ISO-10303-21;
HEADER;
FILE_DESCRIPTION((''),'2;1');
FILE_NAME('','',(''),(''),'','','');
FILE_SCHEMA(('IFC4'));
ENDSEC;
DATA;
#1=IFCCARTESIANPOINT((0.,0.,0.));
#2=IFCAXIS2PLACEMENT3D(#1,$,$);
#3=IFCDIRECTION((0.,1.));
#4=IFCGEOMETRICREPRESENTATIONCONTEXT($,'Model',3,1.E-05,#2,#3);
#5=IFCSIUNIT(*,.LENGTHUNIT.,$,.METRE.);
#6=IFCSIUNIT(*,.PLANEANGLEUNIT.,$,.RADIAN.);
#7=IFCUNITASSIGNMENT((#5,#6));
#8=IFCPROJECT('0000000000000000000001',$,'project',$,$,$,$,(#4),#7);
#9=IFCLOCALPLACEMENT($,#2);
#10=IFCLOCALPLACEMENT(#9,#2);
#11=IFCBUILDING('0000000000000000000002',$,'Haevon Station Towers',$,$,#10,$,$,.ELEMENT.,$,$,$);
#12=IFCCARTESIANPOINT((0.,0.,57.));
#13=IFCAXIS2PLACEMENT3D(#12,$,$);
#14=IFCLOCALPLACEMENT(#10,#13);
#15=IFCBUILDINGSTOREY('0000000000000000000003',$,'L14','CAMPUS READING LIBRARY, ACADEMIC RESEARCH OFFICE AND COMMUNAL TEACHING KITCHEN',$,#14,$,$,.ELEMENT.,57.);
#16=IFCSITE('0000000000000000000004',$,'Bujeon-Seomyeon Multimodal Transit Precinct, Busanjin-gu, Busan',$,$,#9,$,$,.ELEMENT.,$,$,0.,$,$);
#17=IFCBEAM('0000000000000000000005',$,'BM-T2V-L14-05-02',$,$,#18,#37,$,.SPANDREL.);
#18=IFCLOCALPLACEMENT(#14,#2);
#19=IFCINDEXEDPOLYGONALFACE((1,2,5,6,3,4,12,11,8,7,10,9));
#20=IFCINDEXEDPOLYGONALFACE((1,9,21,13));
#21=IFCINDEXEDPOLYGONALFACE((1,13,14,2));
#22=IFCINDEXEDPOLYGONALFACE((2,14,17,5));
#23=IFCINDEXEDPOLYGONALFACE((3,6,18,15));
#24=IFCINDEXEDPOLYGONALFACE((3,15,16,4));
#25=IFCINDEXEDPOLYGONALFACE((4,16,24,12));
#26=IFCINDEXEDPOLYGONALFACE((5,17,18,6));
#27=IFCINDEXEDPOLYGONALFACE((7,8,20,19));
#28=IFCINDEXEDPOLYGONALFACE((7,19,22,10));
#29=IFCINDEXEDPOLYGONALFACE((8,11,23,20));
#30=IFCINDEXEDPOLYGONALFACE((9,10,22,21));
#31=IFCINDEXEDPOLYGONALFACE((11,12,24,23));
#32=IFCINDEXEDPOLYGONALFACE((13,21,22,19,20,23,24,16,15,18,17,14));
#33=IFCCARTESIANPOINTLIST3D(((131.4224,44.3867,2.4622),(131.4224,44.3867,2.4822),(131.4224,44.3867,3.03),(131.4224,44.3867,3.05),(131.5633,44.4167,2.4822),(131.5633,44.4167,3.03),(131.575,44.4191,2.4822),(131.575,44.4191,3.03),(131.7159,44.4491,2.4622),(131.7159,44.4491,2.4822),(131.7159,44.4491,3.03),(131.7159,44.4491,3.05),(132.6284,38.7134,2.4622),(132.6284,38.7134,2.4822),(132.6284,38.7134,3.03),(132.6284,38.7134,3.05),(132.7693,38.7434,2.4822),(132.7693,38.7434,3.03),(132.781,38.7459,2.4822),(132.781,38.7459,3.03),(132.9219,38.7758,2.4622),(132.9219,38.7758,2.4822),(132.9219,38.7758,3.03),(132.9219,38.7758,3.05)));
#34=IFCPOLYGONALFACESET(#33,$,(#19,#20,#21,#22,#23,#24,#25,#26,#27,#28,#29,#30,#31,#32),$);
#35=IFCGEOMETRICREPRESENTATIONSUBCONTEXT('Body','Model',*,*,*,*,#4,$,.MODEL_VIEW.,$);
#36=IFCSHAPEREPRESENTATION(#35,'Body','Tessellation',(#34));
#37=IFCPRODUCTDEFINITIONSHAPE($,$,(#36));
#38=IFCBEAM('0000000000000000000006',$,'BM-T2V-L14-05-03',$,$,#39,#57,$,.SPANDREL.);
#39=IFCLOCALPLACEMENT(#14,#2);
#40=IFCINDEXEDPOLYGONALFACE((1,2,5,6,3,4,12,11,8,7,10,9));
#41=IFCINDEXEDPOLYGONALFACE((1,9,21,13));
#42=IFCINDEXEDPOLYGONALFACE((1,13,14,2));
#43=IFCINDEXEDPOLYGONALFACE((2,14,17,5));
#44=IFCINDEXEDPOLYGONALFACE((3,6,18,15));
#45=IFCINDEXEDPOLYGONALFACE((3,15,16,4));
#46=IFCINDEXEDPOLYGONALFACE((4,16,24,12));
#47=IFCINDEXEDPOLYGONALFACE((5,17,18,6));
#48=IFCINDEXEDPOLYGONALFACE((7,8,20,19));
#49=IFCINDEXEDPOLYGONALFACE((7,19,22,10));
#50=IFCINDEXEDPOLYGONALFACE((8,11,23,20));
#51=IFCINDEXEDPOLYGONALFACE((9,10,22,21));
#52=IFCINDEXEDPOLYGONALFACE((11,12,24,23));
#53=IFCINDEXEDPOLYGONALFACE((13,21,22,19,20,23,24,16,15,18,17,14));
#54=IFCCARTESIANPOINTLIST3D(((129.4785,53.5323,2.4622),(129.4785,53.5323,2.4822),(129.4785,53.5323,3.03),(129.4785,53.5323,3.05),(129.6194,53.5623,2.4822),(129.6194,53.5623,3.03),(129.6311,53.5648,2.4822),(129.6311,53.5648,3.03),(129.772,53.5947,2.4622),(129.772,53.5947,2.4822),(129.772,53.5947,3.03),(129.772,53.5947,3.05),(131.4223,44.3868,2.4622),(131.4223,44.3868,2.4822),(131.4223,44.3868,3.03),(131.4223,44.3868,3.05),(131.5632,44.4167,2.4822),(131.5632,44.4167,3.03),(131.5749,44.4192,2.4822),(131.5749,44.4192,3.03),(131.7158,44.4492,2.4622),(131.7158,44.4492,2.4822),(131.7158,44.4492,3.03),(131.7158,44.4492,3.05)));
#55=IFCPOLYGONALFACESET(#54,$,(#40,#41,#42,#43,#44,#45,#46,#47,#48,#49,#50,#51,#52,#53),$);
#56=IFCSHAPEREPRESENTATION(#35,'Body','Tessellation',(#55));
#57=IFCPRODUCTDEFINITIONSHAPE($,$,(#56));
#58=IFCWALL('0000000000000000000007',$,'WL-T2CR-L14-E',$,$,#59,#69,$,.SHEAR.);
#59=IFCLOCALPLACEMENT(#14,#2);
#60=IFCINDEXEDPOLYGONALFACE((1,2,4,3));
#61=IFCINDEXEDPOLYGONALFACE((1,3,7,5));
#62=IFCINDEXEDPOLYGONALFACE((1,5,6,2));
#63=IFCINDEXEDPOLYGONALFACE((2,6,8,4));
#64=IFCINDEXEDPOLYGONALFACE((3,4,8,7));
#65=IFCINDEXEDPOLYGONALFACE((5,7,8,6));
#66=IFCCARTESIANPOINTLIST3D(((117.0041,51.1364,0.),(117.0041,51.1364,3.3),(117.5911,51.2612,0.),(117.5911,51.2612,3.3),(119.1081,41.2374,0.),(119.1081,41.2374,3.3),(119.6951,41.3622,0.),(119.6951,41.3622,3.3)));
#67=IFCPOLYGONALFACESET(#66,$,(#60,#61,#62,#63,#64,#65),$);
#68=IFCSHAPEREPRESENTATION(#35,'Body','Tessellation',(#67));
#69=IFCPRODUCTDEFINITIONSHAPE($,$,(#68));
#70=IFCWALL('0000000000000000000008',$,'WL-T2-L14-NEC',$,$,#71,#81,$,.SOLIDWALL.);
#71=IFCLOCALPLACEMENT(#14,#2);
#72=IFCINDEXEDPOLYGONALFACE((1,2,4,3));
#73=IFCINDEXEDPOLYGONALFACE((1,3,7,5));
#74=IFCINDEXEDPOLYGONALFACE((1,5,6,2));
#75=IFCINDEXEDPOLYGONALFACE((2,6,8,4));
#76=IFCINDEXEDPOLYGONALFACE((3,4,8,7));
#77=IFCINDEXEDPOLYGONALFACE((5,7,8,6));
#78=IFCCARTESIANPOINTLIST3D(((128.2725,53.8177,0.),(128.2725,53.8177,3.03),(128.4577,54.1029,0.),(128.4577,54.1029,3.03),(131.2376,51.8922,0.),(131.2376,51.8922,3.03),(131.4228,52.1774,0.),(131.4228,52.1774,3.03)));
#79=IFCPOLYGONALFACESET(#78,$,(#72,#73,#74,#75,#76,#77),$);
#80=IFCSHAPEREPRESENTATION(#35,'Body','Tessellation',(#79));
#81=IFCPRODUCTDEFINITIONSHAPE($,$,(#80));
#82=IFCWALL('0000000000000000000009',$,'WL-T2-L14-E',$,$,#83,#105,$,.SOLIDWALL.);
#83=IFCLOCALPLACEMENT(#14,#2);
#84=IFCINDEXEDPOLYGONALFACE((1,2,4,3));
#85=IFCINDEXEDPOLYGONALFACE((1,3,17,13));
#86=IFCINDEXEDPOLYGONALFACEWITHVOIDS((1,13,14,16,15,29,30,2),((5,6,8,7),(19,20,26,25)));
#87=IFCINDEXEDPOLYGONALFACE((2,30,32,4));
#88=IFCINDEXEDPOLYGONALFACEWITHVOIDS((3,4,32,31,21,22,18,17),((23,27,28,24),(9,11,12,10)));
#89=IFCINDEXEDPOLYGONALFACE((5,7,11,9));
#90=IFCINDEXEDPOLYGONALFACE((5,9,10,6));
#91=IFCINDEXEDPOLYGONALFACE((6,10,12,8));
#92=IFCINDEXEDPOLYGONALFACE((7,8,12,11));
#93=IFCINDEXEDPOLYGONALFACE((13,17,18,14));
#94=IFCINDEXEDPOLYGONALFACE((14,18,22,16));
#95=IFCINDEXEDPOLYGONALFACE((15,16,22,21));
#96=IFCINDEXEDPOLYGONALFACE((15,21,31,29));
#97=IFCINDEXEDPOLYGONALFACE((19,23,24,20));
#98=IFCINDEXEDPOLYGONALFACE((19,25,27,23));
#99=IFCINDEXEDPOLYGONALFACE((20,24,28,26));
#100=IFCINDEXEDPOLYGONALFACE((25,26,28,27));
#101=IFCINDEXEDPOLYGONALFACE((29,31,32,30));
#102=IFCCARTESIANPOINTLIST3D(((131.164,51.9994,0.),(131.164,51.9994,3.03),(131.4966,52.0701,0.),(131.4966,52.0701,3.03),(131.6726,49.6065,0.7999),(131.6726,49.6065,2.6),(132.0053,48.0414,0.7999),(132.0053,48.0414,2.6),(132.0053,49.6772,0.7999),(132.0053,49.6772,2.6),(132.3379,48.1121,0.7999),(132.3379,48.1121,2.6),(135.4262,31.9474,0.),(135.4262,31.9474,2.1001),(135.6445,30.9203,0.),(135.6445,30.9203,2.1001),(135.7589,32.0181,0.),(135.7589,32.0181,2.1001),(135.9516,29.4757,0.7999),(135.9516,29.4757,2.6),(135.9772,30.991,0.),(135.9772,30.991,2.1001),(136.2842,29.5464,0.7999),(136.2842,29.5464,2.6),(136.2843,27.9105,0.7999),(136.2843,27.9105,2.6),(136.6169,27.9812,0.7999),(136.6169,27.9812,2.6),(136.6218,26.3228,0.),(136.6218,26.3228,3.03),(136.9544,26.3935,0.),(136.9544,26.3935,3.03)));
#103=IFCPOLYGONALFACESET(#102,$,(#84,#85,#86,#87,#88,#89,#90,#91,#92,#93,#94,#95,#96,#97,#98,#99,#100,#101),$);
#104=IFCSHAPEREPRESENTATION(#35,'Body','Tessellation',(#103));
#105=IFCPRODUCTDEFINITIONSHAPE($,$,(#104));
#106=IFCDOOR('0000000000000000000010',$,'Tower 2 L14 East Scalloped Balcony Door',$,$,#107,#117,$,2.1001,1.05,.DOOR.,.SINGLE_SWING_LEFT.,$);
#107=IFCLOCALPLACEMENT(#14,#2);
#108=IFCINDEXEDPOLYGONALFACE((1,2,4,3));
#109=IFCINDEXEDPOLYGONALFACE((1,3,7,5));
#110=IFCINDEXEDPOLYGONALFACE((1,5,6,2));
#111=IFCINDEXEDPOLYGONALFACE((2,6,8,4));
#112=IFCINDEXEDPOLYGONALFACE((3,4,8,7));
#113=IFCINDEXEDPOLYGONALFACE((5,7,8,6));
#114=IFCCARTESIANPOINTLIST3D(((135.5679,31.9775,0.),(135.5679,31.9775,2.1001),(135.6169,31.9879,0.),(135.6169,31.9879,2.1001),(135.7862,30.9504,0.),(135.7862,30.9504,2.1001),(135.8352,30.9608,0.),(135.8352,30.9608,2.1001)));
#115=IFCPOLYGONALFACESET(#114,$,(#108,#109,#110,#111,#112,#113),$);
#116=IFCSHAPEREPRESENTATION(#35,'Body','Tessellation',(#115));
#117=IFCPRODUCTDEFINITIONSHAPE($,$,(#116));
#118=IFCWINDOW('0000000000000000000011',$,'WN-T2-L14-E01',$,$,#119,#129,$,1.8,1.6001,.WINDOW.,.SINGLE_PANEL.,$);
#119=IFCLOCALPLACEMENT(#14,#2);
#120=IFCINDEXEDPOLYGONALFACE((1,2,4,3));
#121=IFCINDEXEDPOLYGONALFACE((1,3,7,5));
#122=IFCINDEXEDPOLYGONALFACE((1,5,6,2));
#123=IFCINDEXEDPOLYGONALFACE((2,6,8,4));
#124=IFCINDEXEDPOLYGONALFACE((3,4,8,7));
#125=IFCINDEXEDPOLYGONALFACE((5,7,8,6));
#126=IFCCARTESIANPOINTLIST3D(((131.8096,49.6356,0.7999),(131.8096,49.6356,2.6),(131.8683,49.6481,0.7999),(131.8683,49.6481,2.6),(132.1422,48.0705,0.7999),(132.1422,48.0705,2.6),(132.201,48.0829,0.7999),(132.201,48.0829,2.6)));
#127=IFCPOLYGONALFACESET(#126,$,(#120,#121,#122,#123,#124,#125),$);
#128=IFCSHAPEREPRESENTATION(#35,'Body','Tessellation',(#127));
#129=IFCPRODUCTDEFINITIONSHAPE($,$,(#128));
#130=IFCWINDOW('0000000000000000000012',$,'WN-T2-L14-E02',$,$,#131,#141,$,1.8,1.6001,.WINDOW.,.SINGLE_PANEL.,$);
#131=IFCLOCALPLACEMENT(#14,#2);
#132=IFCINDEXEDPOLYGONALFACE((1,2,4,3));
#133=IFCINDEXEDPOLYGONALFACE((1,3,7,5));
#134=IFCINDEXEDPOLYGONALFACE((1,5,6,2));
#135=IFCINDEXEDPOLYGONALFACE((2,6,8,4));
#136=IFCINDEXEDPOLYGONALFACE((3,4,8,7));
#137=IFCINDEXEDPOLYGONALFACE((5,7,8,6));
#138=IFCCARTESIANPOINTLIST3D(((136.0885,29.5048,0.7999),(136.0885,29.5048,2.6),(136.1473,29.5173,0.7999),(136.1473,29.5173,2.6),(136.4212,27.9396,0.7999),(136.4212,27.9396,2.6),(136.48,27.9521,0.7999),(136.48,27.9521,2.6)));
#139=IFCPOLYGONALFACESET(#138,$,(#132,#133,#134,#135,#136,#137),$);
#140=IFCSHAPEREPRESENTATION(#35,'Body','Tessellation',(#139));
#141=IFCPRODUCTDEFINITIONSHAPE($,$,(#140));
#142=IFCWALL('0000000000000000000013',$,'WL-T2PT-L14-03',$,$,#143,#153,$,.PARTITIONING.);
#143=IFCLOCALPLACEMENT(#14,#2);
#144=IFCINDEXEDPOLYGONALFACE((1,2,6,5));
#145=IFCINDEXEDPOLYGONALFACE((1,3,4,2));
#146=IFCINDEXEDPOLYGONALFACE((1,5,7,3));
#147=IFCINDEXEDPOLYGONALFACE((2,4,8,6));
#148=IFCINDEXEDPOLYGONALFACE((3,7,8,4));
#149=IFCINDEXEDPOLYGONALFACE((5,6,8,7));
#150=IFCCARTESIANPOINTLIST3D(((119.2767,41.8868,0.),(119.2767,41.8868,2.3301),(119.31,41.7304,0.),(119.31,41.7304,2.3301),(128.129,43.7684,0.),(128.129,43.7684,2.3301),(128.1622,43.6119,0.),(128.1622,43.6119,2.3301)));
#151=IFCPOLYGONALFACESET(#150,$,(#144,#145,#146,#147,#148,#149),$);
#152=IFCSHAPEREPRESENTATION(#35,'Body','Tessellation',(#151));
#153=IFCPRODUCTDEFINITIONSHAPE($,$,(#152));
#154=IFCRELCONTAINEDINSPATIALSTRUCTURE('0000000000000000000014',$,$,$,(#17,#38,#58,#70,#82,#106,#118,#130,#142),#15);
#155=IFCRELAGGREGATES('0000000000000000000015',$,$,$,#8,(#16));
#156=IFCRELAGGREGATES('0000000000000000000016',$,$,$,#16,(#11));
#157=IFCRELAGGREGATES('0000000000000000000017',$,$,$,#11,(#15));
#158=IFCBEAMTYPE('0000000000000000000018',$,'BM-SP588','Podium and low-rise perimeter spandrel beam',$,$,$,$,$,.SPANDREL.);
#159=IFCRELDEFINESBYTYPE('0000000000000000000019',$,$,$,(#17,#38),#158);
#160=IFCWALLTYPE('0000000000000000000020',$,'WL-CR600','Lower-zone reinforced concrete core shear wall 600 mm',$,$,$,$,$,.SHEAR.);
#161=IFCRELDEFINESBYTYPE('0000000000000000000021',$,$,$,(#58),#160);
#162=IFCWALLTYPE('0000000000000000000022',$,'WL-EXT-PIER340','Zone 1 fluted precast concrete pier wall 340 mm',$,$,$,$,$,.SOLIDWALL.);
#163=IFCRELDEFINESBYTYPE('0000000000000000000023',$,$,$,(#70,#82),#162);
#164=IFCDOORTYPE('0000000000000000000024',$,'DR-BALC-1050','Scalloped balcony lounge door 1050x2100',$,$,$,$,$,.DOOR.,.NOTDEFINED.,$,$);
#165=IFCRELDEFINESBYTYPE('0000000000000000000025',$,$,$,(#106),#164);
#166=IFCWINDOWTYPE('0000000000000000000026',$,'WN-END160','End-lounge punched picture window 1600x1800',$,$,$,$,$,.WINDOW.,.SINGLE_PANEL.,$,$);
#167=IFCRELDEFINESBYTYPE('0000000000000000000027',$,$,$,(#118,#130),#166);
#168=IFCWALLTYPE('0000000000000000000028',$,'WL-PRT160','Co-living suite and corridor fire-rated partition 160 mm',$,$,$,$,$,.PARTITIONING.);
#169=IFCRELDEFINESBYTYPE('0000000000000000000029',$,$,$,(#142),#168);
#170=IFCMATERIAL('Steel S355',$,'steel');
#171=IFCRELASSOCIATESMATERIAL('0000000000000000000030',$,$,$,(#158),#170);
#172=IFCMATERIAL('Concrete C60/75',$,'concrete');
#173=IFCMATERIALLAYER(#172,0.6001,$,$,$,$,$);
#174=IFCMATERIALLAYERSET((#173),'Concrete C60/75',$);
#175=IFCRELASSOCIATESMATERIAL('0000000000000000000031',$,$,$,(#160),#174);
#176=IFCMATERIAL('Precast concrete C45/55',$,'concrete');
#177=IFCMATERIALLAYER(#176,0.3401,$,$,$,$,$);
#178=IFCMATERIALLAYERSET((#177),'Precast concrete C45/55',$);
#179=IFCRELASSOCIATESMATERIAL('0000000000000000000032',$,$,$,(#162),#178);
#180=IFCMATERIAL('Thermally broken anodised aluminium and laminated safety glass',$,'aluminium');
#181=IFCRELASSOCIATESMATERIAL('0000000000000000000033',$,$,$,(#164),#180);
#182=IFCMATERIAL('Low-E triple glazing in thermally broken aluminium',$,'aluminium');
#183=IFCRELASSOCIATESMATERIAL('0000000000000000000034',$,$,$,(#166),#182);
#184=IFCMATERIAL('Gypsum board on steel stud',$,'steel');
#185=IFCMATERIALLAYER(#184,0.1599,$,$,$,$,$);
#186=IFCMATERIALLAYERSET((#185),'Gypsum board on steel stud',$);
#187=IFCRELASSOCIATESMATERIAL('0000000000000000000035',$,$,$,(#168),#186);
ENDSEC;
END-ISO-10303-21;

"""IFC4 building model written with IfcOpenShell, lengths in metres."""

from ifc_helpers import new_model, si_unit, direction, frame, frame_2d, origin, origin_2d, place, context, subcontext, project, spatial, rectangle, i_section, extrude, material, layer, layer_set, material_profile, profile_set, type_object, element, fill, save


model = new_model("IFC4")

# Units and contexts
model_context = context("Model", 3, precision=1e-05, world=origin(), true_north=direction((0.0, 1.0)))
body_context = subcontext(model_context, "Body", "Model", "MODEL_VIEW")
ifc_project = project(units=[si_unit("LENGTHUNIT", "METRE"), si_unit("PLANEANGLEUNIT", "RADIAN")], contexts=[model_context])

# Site, building, storey
site_placement = place(None, origin())
site = spatial("IfcSite", under=ifc_project, at=site_placement, Name="Bujeon-Seomyeon Multimodal Transit Precinct, Busanjin-gu, Busan", CompositionType="ELEMENT", RefElevation=0.0)
building_placement = place(site_placement, origin())
building = spatial("IfcBuilding", under=site, at=building_placement, Name="Haevon Station Towers", CompositionType="ELEMENT")
storey_placement = place(building_placement, frame((0.0, 0.0, 57.0)))
storey = spatial("IfcBuildingStorey", under=building, at=storey_placement, Name="L14", Description="CAMPUS READING LIBRARY, ACADEMIC RESEARCH OFFICE AND COMMUNAL TEACHING KITCHEN", CompositionType="ELEMENT", Elevation=57.0)

# Beams
ifc_material_1 = material(Name="Steel S355", Category="steel")
ifc_material_profile_1 = material_profile(ifc_material_1, i_section(OverallWidth=0.3, OverallDepth=0.5879, WebThickness=0.012, FlangeThickness=0.02, at=origin_2d()), Name="H-588x300x12x20")
ifc_profile_set_1 = profile_set([ifc_material_profile_1], Name="Steel S355")
beam_type_1 = type_object("IfcBeamType", Name="BM-SP588", Description="Podium and low-rise perimeter spandrel beam", PredefinedType="SPANDREL", material=ifc_profile_set_1)
beam_1_placement = place(storey_placement, frame((132.7751, 38.7446, 2.7561), z_axis=(-0.207936, 0.978142, 0.0), x_axis=(-0.978142, -0.207936, 0.0)))
element("IfcBeam", 1, at=beam_1_placement, inside=storey, type_object=beam_type_1, Name="BM-T2V-L14-05-02", PredefinedType="SPANDREL", context=body_context, shape_type="SweptSolid", body=[
    extrude(i_section(OverallWidth=0.3, OverallDepth=0.5879, WebThickness=0.012, FlangeThickness=0.02, at=origin_2d()), origin(), (0.0, 0.0, 1.0), 5.8),
])
beam_2_placement = place(storey_placement, frame((131.5691, 44.418, 2.7561), z_axis=(-0.207902, 0.97815, 0.0), x_axis=(-0.97815, -0.207902, 0.0)))
element("IfcBeam", 2, at=beam_2_placement, inside=storey, type_object=beam_type_1, Name="BM-T2V-L14-05-03", PredefinedType="SPANDREL", context=body_context, shape_type="SweptSolid", body=[
    extrude(i_section(OverallWidth=0.3, OverallDepth=0.5879, WebThickness=0.012, FlangeThickness=0.02, at=origin_2d()), origin(), (0.0, 0.0, 1.0), 9.3499),
])

# Walls
ifc_material_2 = material(Name="Concrete C60/75", Category="concrete")
ifc_layer_1 = layer(ifc_material_2, 0.6001)
ifc_layer_set_1 = layer_set([ifc_layer_1], Name="Concrete C60/75")
wall_type_1 = type_object("IfcWallType", Name="WL-CR600", Description="Lower-zone reinforced concrete core shear wall 600 mm", PredefinedType="SHEAR", material=ifc_layer_set_1)
wall_1_placement = place(storey_placement, frame((119.4016, 41.2998, 0.0), z_axis=(0.0, 0.0, 1.0), x_axis=(-0.207904, 0.978149, 0.0)))
element("IfcWall", 3, at=wall_1_placement, inside=storey, type_object=wall_type_1, Name="WL-T2CR-L14-E", PredefinedType="SHEAR", context=body_context, shape_type="SweptSolid", body=[
    extrude(rectangle(XDim=10.1201, YDim=0.6001, at=frame_2d((5.0601, 0.0))), origin(), (0.0, 0.0, 1.0), 3.3),
])
ifc_material_3 = material(Name="Precast concrete C45/55", Category="concrete")
ifc_layer_2 = layer(ifc_material_3, 0.3401)
ifc_layer_set_2 = layer_set([ifc_layer_2], Name="Precast concrete C45/55")
wall_type_2 = type_object("IfcWallType", Name="WL-EXT-PIER340", Description="Zone 1 fluted precast concrete pier wall 340 mm", PredefinedType="SOLIDWALL", material=ifc_layer_set_2)
wall_2_placement = place(storey_placement, frame((128.3652, 53.9602, 0.0), z_axis=(0.0, 0.0, 1.0), x_axis=(0.838672, -0.544636, 0.0)))
element("IfcWall", 4, at=wall_2_placement, inside=storey, type_object=wall_type_2, Name="WL-T2-L14-NEC", PredefinedType="SOLIDWALL", context=body_context, shape_type="SweptSolid", body=[
    extrude(rectangle(XDim=3.5354, YDim=0.3401, at=frame_2d((1.7676, 0.0))), origin(), (0.0, 0.0, 1.0), 3.03),
])

# Wall, openings, door, windows
wall_3_placement = place(storey_placement, frame((131.3303, 52.0347, 0.0), z_axis=(0.0, 0.0, 1.0), x_axis=(0.207914, -0.978147, 0.0)))
wall_3 = element("IfcWall", 5, at=wall_3_placement, inside=storey, type_object=wall_type_2, Name="WL-T2-L14-E", PredefinedType="SOLIDWALL", context=body_context, shape_type="SweptSolid", body=[
    extrude(rectangle(XDim=26.2502, YDim=0.3401, at=frame_2d((13.125, 0.0))), origin(), (0.0, 0.0, 1.0), 3.03),
])
opening_1_placement = place(wall_3_placement, frame((20.5, 0.0, 0.0)))
opening_1 = element("IfcOpeningElement", 6, at=opening_1_placement, cuts=wall_3, PredefinedType="OPENING", context=body_context, shape_type="SweptSolid", body=[
    extrude(rectangle(XDim=1.05, YDim=2.1001, at=frame_2d((0.5249, 1.05))), frame((0.0, 0.1799, 0.0), z_axis=(0.0, -1.0, 0.0), x_axis=(1.0, 0.0, 0.0)), (0.0, 0.0, 1.0), 0.3601),
])
opening_2_placement = place(wall_3_placement, frame((2.4463, 0.0, 0.8)))
opening_2 = element("IfcOpeningElement", 7, at=opening_2_placement, cuts=wall_3, PredefinedType="OPENING", context=body_context, shape_type="SweptSolid", body=[
    extrude(rectangle(XDim=1.6001, YDim=1.8, at=frame_2d((0.8, 0.8999))), frame((0.0, 0.1799, 0.0), z_axis=(0.0, -1.0, 0.0), x_axis=(1.0, 0.0, 0.0)), (0.0, 0.0, 1.0), 0.3601),
])
opening_3_placement = place(wall_3_placement, frame((23.0269, 0.0, 0.8)))
opening_3 = element("IfcOpeningElement", 8, at=opening_3_placement, cuts=wall_3, PredefinedType="OPENING", context=body_context, shape_type="SweptSolid", body=[
    extrude(rectangle(XDim=1.6001, YDim=1.8, at=frame_2d((0.8, 0.8999))), frame((0.0, 0.1799, 0.0), z_axis=(0.0, -1.0, 0.0), x_axis=(1.0, 0.0, 0.0)), (0.0, 0.0, 1.0), 0.3601),
])
ifc_material_4 = material(Name="Thermally broken anodised aluminium and laminated safety glass", Category="aluminium")
door_type = type_object("IfcDoorType", Name="DR-BALC-1050", Description="Scalloped balcony lounge door 1050x2100", OperationType="NOTDEFINED", PredefinedType="DOOR", material=ifc_material_4)
door_placement = place(opening_1_placement, origin())
door = element("IfcDoor", 9, at=door_placement, inside=storey, type_object=door_type, Name="Tower 2 L14 East Scalloped Balcony Door", OperationType="SINGLE_SWING_LEFT", OverallHeight=2.1001, OverallWidth=1.05, PredefinedType="DOOR", context=body_context, shape_type="SweptSolid", body=[
    extrude(rectangle(XDim=1.05, YDim=2.1001, at=frame_2d((0.5249, 1.05))), frame((0.0, 0.0249, 0.0), z_axis=(0.0, -1.0, 0.0), x_axis=(1.0, 0.0, 0.0)), (0.0, 0.0, 1.0), 0.05),
])
fill(opening_1, door)
ifc_material_5 = material(Name="Low-E triple glazing in thermally broken aluminium", Category="aluminium")
window_type = type_object("IfcWindowType", Name="WN-END160", Description="End-lounge punched picture window 1600x1800", PartitioningType="SINGLE_PANEL", PredefinedType="WINDOW", material=ifc_material_5)
window_1_placement = place(opening_2_placement, origin())
window_1 = element("IfcWindow", 10, at=window_1_placement, inside=storey, type_object=window_type, Name="WN-T2-L14-E01", OverallHeight=1.8, OverallWidth=1.6001, PartitioningType="SINGLE_PANEL", PredefinedType="WINDOW", context=body_context, shape_type="SweptSolid", body=[
    extrude(rectangle(XDim=1.6001, YDim=1.8, at=frame_2d((0.8, 0.8999))), frame((0.0, 0.03, 0.0), z_axis=(0.0, -1.0, 0.0), x_axis=(1.0, 0.0, 0.0)), (0.0, 0.0, 1.0), 0.0601),
])
fill(opening_2, window_1)
window_2_placement = place(opening_3_placement, origin())
window_2 = element("IfcWindow", 11, at=window_2_placement, inside=storey, type_object=window_type, Name="WN-T2-L14-E02", OverallHeight=1.8, OverallWidth=1.6001, PartitioningType="SINGLE_PANEL", PredefinedType="WINDOW", context=body_context, shape_type="SweptSolid", body=[
    extrude(rectangle(XDim=1.6001, YDim=1.8, at=frame_2d((0.8, 0.8999))), frame((0.0, 0.03, 0.0), z_axis=(0.0, -1.0, 0.0), x_axis=(1.0, 0.0, 0.0)), (0.0, 0.0, 1.0), 0.0601),
])
fill(opening_3, window_2)

# Wall
ifc_material_6 = material(Name="Gypsum board on steel stud", Category="steel")
ifc_layer_3 = layer(ifc_material_6, 0.1599)
ifc_layer_set_3 = layer_set([ifc_layer_3], Name="Gypsum board on steel stud")
wall_type_3 = type_object("IfcWallType", Name="WL-PRT160", Description="Co-living suite and corridor fire-rated partition 160 mm", PredefinedType="PARTITIONING", material=ifc_layer_set_3)
wall_4_placement = place(storey_placement, frame((119.2935, 41.8086, 0.0), z_axis=(0.0, 0.0, 1.0), x_axis=(0.978148, 0.207909, 0.0)))
element("IfcWall", 12, at=wall_4_placement, inside=storey, type_object=wall_type_3, Name="WL-T2PT-L14-03", PredefinedType="PARTITIONING", context=body_context, shape_type="SweptSolid", body=[
    extrude(rectangle(XDim=9.05, YDim=0.1599, at=frame_2d((4.5249, 0.0))), origin(), (0.0, 0.0, 1.0), 2.3301),
])

save(model, "model.ifc")
